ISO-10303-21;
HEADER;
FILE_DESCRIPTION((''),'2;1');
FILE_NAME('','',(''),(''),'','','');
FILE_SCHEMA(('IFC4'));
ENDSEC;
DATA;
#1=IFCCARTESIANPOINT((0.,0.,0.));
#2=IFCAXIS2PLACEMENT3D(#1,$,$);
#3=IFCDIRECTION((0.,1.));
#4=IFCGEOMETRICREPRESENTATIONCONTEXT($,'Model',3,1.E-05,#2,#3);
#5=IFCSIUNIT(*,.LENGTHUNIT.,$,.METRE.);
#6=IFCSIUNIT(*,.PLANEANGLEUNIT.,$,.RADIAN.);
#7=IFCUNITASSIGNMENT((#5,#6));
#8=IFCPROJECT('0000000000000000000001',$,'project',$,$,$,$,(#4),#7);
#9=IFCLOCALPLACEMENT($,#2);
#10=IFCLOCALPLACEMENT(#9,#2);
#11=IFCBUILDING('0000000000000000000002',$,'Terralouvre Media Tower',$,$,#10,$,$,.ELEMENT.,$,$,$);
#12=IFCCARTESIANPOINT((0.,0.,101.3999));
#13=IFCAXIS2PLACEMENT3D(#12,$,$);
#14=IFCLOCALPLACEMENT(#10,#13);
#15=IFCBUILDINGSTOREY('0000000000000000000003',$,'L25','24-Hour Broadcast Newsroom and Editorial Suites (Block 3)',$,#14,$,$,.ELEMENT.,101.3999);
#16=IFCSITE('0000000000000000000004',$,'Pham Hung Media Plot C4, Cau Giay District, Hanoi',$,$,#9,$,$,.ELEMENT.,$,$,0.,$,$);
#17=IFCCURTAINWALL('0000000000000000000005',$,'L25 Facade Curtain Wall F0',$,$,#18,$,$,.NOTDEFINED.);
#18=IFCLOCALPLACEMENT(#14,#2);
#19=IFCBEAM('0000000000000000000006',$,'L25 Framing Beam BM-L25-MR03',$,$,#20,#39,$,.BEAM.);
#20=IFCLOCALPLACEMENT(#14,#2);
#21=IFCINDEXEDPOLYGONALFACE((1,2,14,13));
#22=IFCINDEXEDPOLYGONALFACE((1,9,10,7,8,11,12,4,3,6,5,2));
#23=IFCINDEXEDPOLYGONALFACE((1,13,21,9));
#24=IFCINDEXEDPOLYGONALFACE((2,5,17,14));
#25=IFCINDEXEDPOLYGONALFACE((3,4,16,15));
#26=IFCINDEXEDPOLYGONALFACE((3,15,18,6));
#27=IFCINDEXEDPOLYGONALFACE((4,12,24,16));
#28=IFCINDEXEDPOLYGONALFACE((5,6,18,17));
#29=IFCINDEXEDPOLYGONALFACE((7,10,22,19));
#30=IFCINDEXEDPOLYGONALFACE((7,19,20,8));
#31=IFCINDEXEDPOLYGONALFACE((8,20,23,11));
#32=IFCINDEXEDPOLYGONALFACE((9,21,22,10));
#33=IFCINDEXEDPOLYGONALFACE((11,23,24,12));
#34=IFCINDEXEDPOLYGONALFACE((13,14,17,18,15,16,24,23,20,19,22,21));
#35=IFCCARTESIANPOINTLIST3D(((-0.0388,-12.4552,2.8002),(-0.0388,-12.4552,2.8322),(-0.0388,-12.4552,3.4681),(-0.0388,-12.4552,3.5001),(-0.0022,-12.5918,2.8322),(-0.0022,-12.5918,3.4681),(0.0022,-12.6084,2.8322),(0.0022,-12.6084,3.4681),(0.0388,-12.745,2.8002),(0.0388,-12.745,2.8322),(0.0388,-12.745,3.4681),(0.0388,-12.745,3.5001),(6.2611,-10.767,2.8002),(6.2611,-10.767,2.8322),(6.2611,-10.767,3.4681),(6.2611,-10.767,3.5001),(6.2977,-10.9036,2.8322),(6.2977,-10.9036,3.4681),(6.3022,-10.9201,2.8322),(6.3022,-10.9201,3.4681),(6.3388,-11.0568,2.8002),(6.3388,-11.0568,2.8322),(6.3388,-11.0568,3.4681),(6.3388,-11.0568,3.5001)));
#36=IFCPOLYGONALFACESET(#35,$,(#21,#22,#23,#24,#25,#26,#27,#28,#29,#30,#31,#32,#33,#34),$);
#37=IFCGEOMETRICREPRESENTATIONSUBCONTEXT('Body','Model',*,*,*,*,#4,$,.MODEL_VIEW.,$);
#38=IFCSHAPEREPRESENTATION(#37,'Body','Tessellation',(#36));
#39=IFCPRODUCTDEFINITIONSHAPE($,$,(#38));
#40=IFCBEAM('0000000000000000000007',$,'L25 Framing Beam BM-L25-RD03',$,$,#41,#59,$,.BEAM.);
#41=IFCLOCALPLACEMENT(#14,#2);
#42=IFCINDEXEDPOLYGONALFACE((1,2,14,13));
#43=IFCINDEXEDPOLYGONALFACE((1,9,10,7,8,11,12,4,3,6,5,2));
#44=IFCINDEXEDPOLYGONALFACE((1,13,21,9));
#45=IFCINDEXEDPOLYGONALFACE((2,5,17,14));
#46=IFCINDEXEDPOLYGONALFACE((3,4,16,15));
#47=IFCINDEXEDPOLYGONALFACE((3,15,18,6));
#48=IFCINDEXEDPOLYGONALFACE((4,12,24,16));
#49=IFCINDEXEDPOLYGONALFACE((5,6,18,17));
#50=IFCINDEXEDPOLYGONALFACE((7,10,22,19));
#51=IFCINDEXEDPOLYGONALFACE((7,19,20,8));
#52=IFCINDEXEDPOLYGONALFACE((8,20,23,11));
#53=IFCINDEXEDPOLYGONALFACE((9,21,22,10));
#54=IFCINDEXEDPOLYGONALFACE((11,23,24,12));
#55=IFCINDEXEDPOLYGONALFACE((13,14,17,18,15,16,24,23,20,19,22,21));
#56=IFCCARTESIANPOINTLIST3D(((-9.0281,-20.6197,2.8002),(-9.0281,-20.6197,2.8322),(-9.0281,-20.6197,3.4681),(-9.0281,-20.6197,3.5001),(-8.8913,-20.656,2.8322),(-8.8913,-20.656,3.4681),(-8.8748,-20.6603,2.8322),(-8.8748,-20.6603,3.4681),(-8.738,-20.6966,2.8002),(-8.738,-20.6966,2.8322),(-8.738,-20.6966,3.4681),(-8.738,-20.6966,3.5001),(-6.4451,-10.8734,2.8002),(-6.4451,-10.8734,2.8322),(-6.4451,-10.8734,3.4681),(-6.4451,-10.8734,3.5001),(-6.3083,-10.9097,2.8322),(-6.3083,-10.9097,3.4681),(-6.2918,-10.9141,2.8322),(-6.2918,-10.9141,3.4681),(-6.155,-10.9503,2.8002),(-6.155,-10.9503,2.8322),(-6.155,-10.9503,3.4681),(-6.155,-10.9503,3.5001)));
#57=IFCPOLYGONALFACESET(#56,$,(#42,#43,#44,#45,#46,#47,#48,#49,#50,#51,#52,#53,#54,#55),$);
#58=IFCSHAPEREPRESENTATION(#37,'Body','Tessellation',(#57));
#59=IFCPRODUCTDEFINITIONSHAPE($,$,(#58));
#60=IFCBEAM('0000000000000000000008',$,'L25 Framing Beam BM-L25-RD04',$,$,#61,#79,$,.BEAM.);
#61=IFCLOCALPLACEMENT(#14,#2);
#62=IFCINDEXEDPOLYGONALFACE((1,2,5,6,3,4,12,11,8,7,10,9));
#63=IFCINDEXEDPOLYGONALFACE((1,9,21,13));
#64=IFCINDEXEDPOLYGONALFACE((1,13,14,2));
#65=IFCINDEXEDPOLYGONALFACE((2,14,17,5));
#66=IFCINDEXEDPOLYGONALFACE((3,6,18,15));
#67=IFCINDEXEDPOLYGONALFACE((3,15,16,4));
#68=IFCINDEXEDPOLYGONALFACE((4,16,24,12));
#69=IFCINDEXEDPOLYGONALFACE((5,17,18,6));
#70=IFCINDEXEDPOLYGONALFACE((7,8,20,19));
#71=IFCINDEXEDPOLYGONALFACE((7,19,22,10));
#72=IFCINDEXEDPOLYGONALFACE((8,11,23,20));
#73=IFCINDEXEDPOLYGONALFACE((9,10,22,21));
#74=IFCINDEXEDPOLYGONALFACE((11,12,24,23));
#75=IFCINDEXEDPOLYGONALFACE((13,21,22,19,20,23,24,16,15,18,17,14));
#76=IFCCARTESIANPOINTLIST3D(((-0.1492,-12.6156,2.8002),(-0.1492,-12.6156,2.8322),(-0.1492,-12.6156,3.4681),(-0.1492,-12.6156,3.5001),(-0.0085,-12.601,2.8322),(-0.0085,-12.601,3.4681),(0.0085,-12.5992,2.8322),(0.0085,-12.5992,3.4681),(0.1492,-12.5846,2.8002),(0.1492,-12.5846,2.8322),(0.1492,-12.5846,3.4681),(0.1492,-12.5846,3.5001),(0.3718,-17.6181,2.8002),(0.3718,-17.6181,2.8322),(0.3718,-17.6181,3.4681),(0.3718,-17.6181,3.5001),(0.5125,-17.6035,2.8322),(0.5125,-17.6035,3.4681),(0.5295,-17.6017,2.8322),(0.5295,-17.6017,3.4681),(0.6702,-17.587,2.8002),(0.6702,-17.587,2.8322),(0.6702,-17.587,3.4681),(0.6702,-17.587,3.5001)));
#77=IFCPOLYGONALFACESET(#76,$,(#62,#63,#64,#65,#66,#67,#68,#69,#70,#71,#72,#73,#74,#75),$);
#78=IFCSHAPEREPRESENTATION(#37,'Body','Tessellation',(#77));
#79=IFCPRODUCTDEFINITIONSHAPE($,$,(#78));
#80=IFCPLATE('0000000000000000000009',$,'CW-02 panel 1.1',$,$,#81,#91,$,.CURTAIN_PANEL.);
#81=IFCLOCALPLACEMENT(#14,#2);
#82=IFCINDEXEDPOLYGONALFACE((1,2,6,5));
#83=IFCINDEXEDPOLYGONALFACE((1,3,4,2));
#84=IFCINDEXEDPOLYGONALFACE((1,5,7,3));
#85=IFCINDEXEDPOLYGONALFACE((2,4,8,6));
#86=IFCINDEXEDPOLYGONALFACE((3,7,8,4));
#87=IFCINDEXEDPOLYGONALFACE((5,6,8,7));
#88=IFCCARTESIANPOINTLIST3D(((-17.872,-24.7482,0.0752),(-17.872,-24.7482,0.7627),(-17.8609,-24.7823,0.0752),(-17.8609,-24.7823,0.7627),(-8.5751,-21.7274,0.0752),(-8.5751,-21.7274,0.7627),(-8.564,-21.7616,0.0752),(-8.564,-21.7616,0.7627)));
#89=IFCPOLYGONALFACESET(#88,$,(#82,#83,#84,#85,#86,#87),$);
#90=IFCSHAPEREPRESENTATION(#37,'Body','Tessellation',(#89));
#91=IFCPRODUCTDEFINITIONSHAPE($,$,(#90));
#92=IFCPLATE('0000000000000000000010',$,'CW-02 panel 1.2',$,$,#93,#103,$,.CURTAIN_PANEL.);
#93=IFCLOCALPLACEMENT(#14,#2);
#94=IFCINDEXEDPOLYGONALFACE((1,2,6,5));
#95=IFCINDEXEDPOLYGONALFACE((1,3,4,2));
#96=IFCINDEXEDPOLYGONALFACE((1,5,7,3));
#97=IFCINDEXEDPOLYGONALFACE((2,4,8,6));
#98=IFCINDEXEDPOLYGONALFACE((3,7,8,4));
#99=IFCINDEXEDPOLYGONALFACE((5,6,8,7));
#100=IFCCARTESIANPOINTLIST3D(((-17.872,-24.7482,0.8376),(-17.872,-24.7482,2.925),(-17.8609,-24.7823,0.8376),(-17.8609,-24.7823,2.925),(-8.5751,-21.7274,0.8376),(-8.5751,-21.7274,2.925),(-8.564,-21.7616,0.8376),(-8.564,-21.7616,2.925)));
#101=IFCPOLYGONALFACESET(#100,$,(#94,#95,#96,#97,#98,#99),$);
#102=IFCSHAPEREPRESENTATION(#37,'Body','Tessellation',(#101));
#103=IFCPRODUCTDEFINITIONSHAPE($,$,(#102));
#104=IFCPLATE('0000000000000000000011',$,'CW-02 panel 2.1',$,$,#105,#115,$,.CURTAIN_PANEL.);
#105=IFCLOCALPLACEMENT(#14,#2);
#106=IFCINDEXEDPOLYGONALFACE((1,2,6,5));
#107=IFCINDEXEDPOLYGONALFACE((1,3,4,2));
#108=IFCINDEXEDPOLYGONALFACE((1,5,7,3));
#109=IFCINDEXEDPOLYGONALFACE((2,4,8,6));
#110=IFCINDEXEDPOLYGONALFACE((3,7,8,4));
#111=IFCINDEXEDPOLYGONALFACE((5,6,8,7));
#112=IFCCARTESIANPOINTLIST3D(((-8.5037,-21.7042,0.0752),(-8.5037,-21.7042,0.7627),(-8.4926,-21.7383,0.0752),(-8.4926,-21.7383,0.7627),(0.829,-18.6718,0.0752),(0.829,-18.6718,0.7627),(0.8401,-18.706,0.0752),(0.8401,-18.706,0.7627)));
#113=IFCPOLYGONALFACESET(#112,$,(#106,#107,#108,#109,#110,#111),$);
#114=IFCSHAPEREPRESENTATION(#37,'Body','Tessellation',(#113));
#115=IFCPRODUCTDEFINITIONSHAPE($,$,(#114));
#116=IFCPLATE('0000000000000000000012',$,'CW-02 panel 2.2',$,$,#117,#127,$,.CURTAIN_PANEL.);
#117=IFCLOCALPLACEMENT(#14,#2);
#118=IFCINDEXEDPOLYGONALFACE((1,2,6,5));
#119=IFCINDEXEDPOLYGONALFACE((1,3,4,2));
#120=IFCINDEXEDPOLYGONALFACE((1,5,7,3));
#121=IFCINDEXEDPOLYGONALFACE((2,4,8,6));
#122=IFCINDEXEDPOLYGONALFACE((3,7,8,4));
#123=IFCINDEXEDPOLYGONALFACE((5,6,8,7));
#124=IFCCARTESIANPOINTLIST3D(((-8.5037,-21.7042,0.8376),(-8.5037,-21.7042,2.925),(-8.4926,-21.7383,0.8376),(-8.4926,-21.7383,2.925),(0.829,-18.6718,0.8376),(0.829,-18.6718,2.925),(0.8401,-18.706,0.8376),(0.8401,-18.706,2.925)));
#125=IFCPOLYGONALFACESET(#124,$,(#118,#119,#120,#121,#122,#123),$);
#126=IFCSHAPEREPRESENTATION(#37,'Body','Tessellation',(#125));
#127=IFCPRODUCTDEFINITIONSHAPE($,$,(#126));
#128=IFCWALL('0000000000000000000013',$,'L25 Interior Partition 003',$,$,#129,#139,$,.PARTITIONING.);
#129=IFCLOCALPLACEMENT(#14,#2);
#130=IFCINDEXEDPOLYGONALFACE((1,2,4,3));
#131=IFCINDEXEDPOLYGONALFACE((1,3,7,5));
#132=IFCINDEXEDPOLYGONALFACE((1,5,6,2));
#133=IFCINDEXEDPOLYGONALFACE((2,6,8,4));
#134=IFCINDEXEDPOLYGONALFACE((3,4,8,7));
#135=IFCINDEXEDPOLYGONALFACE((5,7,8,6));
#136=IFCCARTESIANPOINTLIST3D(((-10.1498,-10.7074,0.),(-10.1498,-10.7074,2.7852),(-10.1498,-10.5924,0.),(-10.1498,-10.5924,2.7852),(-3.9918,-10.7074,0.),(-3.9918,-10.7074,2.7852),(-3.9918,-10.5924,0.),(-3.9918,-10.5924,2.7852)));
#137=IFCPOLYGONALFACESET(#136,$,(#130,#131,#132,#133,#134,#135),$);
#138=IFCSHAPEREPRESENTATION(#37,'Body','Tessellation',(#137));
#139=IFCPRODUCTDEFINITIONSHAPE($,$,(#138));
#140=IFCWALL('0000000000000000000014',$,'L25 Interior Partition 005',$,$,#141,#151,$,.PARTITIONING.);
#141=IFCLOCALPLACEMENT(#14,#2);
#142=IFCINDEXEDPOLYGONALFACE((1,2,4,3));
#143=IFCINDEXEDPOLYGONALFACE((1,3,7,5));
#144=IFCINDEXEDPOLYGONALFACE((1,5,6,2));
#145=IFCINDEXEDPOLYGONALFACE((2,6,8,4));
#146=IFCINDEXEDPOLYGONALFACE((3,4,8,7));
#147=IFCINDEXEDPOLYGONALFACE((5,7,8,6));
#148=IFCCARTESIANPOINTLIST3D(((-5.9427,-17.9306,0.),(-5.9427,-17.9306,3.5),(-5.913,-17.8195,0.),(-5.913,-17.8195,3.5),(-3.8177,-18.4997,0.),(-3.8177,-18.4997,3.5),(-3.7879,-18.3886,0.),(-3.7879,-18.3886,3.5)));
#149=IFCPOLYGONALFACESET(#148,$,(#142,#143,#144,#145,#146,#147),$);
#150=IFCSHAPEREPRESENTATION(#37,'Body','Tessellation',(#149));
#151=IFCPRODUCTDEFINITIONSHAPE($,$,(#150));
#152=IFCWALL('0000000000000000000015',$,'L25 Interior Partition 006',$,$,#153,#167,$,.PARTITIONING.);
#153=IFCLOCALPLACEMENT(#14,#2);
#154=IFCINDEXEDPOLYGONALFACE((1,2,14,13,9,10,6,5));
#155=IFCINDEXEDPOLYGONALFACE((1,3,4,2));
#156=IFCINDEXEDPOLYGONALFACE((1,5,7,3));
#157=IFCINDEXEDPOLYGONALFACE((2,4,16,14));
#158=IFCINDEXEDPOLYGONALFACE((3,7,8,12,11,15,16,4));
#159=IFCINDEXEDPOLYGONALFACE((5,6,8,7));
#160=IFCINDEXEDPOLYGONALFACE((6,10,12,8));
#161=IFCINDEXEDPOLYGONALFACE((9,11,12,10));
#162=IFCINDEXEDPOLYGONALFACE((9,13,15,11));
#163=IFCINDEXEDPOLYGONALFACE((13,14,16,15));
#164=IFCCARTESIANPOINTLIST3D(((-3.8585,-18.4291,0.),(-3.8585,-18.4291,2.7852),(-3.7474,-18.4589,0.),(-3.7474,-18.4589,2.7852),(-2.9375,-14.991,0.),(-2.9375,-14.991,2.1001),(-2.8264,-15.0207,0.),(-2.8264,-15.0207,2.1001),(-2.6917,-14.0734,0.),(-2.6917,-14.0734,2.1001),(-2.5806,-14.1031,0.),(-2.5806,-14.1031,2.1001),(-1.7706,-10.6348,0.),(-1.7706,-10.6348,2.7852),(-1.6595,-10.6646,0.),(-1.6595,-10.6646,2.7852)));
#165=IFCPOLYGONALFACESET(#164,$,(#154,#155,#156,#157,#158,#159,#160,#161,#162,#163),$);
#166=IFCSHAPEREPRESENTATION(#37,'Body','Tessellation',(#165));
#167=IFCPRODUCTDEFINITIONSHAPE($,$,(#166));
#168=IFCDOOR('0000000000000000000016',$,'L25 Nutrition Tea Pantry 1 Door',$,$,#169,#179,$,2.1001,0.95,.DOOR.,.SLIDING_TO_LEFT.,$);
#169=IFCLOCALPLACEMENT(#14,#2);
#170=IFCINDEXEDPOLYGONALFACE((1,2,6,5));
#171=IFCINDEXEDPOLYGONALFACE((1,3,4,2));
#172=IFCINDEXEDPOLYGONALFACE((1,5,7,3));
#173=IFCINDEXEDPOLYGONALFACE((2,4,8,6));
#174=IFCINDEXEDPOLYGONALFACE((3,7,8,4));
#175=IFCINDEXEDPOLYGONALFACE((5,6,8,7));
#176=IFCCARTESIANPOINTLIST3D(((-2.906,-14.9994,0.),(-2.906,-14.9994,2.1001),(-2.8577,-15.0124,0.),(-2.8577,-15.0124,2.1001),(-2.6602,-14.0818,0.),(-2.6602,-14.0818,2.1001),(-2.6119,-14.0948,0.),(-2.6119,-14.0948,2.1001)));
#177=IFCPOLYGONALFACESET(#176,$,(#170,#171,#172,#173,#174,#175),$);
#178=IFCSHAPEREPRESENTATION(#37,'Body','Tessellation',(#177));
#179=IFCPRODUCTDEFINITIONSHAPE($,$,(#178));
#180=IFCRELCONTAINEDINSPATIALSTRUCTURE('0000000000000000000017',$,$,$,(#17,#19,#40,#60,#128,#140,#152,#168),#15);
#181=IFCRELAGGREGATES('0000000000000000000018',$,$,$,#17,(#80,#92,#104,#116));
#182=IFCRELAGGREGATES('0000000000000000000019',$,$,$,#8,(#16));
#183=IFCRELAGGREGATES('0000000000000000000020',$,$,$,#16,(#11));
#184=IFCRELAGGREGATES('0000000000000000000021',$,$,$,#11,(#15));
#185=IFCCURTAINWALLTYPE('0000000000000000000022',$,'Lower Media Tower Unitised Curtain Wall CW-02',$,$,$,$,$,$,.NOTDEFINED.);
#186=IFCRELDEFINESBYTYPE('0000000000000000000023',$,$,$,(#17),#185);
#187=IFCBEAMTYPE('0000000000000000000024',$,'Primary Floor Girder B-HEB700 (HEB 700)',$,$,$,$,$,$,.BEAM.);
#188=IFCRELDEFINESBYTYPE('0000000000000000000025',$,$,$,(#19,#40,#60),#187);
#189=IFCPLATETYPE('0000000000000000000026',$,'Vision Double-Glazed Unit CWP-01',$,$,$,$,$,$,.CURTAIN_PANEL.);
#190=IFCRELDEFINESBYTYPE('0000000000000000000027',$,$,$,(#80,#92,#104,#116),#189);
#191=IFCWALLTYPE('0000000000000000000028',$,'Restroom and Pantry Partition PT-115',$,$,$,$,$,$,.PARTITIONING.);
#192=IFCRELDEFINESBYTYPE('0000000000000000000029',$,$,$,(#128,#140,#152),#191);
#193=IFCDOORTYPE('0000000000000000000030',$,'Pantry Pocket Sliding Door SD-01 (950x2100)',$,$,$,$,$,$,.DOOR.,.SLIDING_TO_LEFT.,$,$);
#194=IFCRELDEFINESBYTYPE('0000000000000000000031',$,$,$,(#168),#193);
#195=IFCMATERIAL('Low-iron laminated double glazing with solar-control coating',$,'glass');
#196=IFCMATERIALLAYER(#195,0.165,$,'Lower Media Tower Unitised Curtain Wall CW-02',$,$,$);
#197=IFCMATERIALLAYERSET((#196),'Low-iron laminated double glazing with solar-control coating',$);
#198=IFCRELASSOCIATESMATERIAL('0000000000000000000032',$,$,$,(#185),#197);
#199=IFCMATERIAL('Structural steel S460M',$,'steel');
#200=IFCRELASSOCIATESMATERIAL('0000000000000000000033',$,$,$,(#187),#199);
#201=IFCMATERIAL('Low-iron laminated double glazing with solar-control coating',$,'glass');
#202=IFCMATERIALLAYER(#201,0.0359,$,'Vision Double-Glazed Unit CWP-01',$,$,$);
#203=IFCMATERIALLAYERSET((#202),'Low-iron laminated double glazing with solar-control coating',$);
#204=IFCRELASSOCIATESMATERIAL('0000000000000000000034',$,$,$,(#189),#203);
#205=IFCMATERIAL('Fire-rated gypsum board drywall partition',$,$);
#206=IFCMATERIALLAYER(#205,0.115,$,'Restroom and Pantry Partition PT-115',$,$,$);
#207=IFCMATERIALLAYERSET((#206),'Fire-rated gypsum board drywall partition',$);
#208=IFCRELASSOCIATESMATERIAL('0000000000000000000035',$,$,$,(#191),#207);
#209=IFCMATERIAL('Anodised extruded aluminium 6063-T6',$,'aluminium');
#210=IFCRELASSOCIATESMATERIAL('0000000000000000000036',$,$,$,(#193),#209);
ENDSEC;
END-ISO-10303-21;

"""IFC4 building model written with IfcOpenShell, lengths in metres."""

from ifc_helpers import new_model, si_unit, direction, frame, frame_2d, origin, origin_2d, place, context, subcontext, project, spatial, rectangle, i_section, extrude, material, layer, layer_set, material_profile, profile_set, type_object, element, fill, aggregate, save


model = new_model("IFC4")

# Units and contexts
model_context = context("Model", 3, precision=1e-05, world=origin(), true_north=direction((0.0, 1.0)))
body_context = subcontext(model_context, "Body", "Model", "MODEL_VIEW")
ifc_project = project(units=[si_unit("LENGTHUNIT", "METRE"), si_unit("PLANEANGLEUNIT", "RADIAN")], contexts=[model_context])

# Site, building, storey
site_placement = place(None, origin())
site = spatial("IfcSite", under=ifc_project, at=site_placement, Name="Pham Hung Media Plot C4, Cau Giay District, Hanoi", CompositionType="ELEMENT", RefElevation=0.0)
building_placement = place(site_placement, origin())
building = spatial("IfcBuilding", under=site, at=building_placement, Name="Terralouvre Media Tower", CompositionType="ELEMENT")
storey_placement = place(building_placement, frame((0.0, 0.0, 101.3999)))
storey = spatial("IfcBuildingStorey", under=building, at=storey_placement, Name="L25", Description="24-Hour Broadcast Newsroom and Editorial Suites (Block 3)", CompositionType="ELEMENT", Elevation=101.3999)

# Curtain wall
ifc_material_1 = material(Name="Low-iron laminated double glazing with solar-control coating", Category="glass")
ifc_layer_1 = layer(ifc_material_1, 0.165, Name="Lower Media Tower Unitised Curtain Wall CW-02")
ifc_layer_set_1 = layer_set([ifc_layer_1], Name="Low-iron laminated double glazing with solar-control coating")
curtain_wall_type_1 = type_object("IfcCurtainWallType", Name="Lower Media Tower Unitised Curtain Wall CW-02", PredefinedType="NOTDEFINED", material=ifc_layer_set_1)
curtain_wall_1_placement = place(storey_placement, origin())
curtain_wall_1 = element("IfcCurtainWall", 1, at=curtain_wall_1_placement, inside=storey, type_object=curtain_wall_type_1, Name="L25 Facade Curtain Wall F0", PredefinedType="NOTDEFINED")

# Beams
ifc_material_2 = material(Name="Structural steel S460M", Category="steel")
ifc_material_profile_1 = material_profile(ifc_material_2, i_section(OverallWidth=0.3, OverallDepth=0.7, WebThickness=0.0171, FlangeThickness=0.032, at=origin_2d()), Name="HEB 700")
ifc_profile_set_1 = profile_set([ifc_material_profile_1], Name="Structural steel S460M")
beam_type_1 = type_object("IfcBeamType", Name="Primary Floor Girder B-HEB700 (HEB 700)", PredefinedType="BEAM", material=ifc_profile_set_1)
for number, where, z_axis, x_axis, name in (
    (2, (0.0, -12.6001, 3.1501), (0.96592, 0.258839, 0.0), (-0.258839, 0.96592, 0.0), "L25 Framing Beam BM-L25-MR03"),
):
    element("IfcBeam", number, at=place(storey_placement, frame(where, z_axis=z_axis, x_axis=x_axis)), inside=storey, type_object=beam_type_1, Name=name, PredefinedType="BEAM", context=body_context, shape_type="SweptSolid", body=[
        extrude(i_section(OverallWidth=0.3, OverallDepth=0.7, WebThickness=0.0171, FlangeThickness=0.032, at=origin_2d()), origin(), (0.0, 0.0, 1.0), 6.5222),
    ])
beam_1_placement = place(storey_placement, frame((-6.3, -10.9119, 3.1501), z_axis=(-0.256179, -0.966629, 0.0), x_axis=(0.966629, -0.256179, 0.0)))
element("IfcBeam", 3, at=beam_1_placement, inside=storey, type_object=beam_type_1, Name="L25 Framing Beam BM-L25-RD03", PredefinedType="BEAM", context=body_context, shape_type="SweptSolid", body=[
    extrude(i_section(OverallWidth=0.3, OverallDepth=0.7, WebThickness=0.0171, FlangeThickness=0.032, at=origin_2d()), origin(), (0.0, 0.0, 1.0), 10.0828),
])
beam_2_placement = place(storey_placement, frame((0.0, -12.6001, 3.1501), z_axis=(0.103588, -0.99462, 0.0), x_axis=(0.99462, 0.103588, 0.0)))
element("IfcBeam", 4, at=beam_2_placement, inside=storey, type_object=beam_type_1, Name="L25 Framing Beam BM-L25-RD04", PredefinedType="BEAM", context=body_context, shape_type="SweptSolid", body=[
    extrude(i_section(OverallWidth=0.3, OverallDepth=0.7, WebThickness=0.0171, FlangeThickness=0.032, at=origin_2d()), origin(), (0.0, 0.0, 1.0), 5.0295),
])

# Plates
ifc_material_3 = material(Name="Low-iron laminated double glazing with solar-control coating", Category="glass")
ifc_layer_2 = layer(ifc_material_3, 0.0359, Name="Vision Double-Glazed Unit CWP-01")
ifc_layer_set_2 = layer_set([ifc_layer_2], Name="Low-iron laminated double glazing with solar-control coating")
plate_type = type_object("IfcPlateType", Name="Vision Double-Glazed Unit CWP-01", PredefinedType="CURTAIN_PANEL", material=ifc_layer_set_2)
plate_1_placement = place(storey_placement, frame((-13.218, -23.2549, 0.0752), z_axis=(0.0, 0.0, 1.0), x_axis=(0.951057, 0.309017, 0.0)))
plate_1 = element("IfcPlate", 5, at=plate_1_placement, type_object=plate_type, Name="CW-02 panel 1.1", PredefinedType="CURTAIN_PANEL", context=body_context, shape_type="SweptSolid", body=[
    extrude(rectangle(XDim=9.7754, YDim=0.0359, at=origin_2d()), origin(), (0.0, 0.0, 1.0), 0.6875),
])
plate_2_placement = place(storey_placement, frame((-13.218, -23.2549, 0.8376), z_axis=(0.0, 0.0, 1.0), x_axis=(0.951057, 0.309017, 0.0)))
plate_2 = element("IfcPlate", 6, at=plate_2_placement, type_object=plate_type, Name="CW-02 panel 1.2", PredefinedType="CURTAIN_PANEL", context=body_context, shape_type="SweptSolid", body=[
    extrude(rectangle(XDim=9.7754, YDim=0.0359, at=origin_2d()), origin(), (0.0, 0.0, 1.0), 2.0874),
])
plate_3_placement = place(storey_placement, frame((-3.8318, -20.2051, 0.0752), z_axis=(0.0, 0.0, 1.0), x_axis=(0.951057, 0.309017, 0.0)))
plate_3 = element("IfcPlate", 7, at=plate_3_placement, type_object=plate_type, Name="CW-02 panel 2.1", PredefinedType="CURTAIN_PANEL", context=body_context, shape_type="SweptSolid", body=[
    extrude(rectangle(XDim=9.813, YDim=0.0359, at=origin_2d()), origin(), (0.0, 0.0, 1.0), 0.6875),
])
plate_4_placement = place(storey_placement, frame((-3.8318, -20.2051, 0.8376), z_axis=(0.0, 0.0, 1.0), x_axis=(0.951057, 0.309017, 0.0)))
plate_4 = element("IfcPlate", 8, at=plate_4_placement, type_object=plate_type, Name="CW-02 panel 2.2", PredefinedType="CURTAIN_PANEL", context=body_context, shape_type="SweptSolid", body=[
    extrude(rectangle(XDim=9.813, YDim=0.0359, at=origin_2d()), origin(), (0.0, 0.0, 1.0), 2.0874),
])
aggregate(curtain_wall_1, [plate_1, plate_2, plate_3, plate_4])

# Walls
ifc_material_4 = material(Name="Fire-rated gypsum board drywall partition")
ifc_layer_3 = layer(ifc_material_4, 0.115, Name="Restroom and Pantry Partition PT-115")
ifc_layer_set_3 = layer_set([ifc_layer_3], Name="Fire-rated gypsum board drywall partition")
wall_type = type_object("IfcWallType", Name="Restroom and Pantry Partition PT-115", PredefinedType="PARTITIONING", material=ifc_layer_set_3)
wall_1_placement = place(storey_placement, frame((-10.1499, -10.6499, 0.0), z_axis=(0.0, 0.0, 1.0), x_axis=(1.0, 0.0, 0.0)))
element("IfcWall", 9, at=wall_1_placement, inside=storey, type_object=wall_type, Name="L25 Interior Partition 003", PredefinedType="PARTITIONING", context=body_context, shape_type="SweptSolid", body=[
    extrude(rectangle(XDim=6.158, YDim=0.115, at=frame_2d((3.0791, 0.0))), origin(), (0.0, 0.0, 1.0), 2.7852),
])
wall_2_placement = place(storey_placement, frame((-5.928, -17.875, 0.0), z_axis=(0.0, 0.0, 1.0), x_axis=(0.96596, -0.258692, 0.0)))
element("IfcWall", 10, at=wall_2_placement, inside=storey, type_object=wall_type, Name="L25 Interior Partition 005", PredefinedType="PARTITIONING", context=body_context, shape_type="SweptSolid", body=[
    extrude(rectangle(XDim=2.2, YDim=0.115, at=frame_2d((1.1001, 0.0))), origin(), (0.0, 0.0, 1.0), 3.5),
])

# Wall, opening, door
wall_3_placement = place(storey_placement, frame((-3.803, -18.4441, 0.0), z_axis=(0.0, 0.0, 1.0), x_axis=(0.258755, 0.965943, 0.0)))
wall_3 = element("IfcWall", 11, at=wall_3_placement, inside=storey, type_object=wall_type, Name="L25 Interior Partition 006", PredefinedType="PARTITIONING", context=body_context, shape_type="SweptSolid", body=[
    extrude(rectangle(XDim=8.0691, YDim=0.115, at=frame_2d((4.0347, 0.0))), origin(), (0.0, 0.0, 1.0), 2.7852),
])
opening_placement = place(wall_3_placement, frame((3.5593, 0.0, 0.0)))
opening = element("IfcOpeningElement", 12, at=opening_placement, cuts=wall_3, PredefinedType="OPENING", context=body_context, shape_type="SweptSolid", body=[
    extrude(rectangle(XDim=0.95, YDim=2.1001, at=frame_2d((0.4751, 1.05))), frame((0.0, 0.0674, 0.0), z_axis=(0.0, -1.0, 0.0), x_axis=(1.0, 0.0, 0.0)), (0.0, 0.0, 1.0), 0.135),
])
ifc_material_5 = material(Name="Anodised extruded aluminium 6063-T6", Category="aluminium")
door_type = type_object("IfcDoorType", Name="Pantry Pocket Sliding Door SD-01 (950x2100)", OperationType="SLIDING_TO_LEFT", PredefinedType="DOOR", material=ifc_material_5)
door_placement = place(opening_placement, origin())
door = element("IfcDoor", 13, at=door_placement, inside=storey, type_object=door_type, Name="L25 Nutrition Tea Pantry 1 Door", OperationType="SLIDING_TO_LEFT", OverallHeight=2.1001, OverallWidth=0.95, PredefinedType="DOOR", context=body_context, shape_type="SweptSolid", body=[
    extrude(rectangle(XDim=0.95, YDim=2.1001, at=frame_2d((0.4751, 1.05))), frame((0.0, 0.0249, 0.0), z_axis=(0.0, -1.0, 0.0), x_axis=(1.0, 0.0, 0.0)), (0.0, 0.0, 1.0), 0.05),
])
fill(opening, door)

save(model, "model.ifc")
